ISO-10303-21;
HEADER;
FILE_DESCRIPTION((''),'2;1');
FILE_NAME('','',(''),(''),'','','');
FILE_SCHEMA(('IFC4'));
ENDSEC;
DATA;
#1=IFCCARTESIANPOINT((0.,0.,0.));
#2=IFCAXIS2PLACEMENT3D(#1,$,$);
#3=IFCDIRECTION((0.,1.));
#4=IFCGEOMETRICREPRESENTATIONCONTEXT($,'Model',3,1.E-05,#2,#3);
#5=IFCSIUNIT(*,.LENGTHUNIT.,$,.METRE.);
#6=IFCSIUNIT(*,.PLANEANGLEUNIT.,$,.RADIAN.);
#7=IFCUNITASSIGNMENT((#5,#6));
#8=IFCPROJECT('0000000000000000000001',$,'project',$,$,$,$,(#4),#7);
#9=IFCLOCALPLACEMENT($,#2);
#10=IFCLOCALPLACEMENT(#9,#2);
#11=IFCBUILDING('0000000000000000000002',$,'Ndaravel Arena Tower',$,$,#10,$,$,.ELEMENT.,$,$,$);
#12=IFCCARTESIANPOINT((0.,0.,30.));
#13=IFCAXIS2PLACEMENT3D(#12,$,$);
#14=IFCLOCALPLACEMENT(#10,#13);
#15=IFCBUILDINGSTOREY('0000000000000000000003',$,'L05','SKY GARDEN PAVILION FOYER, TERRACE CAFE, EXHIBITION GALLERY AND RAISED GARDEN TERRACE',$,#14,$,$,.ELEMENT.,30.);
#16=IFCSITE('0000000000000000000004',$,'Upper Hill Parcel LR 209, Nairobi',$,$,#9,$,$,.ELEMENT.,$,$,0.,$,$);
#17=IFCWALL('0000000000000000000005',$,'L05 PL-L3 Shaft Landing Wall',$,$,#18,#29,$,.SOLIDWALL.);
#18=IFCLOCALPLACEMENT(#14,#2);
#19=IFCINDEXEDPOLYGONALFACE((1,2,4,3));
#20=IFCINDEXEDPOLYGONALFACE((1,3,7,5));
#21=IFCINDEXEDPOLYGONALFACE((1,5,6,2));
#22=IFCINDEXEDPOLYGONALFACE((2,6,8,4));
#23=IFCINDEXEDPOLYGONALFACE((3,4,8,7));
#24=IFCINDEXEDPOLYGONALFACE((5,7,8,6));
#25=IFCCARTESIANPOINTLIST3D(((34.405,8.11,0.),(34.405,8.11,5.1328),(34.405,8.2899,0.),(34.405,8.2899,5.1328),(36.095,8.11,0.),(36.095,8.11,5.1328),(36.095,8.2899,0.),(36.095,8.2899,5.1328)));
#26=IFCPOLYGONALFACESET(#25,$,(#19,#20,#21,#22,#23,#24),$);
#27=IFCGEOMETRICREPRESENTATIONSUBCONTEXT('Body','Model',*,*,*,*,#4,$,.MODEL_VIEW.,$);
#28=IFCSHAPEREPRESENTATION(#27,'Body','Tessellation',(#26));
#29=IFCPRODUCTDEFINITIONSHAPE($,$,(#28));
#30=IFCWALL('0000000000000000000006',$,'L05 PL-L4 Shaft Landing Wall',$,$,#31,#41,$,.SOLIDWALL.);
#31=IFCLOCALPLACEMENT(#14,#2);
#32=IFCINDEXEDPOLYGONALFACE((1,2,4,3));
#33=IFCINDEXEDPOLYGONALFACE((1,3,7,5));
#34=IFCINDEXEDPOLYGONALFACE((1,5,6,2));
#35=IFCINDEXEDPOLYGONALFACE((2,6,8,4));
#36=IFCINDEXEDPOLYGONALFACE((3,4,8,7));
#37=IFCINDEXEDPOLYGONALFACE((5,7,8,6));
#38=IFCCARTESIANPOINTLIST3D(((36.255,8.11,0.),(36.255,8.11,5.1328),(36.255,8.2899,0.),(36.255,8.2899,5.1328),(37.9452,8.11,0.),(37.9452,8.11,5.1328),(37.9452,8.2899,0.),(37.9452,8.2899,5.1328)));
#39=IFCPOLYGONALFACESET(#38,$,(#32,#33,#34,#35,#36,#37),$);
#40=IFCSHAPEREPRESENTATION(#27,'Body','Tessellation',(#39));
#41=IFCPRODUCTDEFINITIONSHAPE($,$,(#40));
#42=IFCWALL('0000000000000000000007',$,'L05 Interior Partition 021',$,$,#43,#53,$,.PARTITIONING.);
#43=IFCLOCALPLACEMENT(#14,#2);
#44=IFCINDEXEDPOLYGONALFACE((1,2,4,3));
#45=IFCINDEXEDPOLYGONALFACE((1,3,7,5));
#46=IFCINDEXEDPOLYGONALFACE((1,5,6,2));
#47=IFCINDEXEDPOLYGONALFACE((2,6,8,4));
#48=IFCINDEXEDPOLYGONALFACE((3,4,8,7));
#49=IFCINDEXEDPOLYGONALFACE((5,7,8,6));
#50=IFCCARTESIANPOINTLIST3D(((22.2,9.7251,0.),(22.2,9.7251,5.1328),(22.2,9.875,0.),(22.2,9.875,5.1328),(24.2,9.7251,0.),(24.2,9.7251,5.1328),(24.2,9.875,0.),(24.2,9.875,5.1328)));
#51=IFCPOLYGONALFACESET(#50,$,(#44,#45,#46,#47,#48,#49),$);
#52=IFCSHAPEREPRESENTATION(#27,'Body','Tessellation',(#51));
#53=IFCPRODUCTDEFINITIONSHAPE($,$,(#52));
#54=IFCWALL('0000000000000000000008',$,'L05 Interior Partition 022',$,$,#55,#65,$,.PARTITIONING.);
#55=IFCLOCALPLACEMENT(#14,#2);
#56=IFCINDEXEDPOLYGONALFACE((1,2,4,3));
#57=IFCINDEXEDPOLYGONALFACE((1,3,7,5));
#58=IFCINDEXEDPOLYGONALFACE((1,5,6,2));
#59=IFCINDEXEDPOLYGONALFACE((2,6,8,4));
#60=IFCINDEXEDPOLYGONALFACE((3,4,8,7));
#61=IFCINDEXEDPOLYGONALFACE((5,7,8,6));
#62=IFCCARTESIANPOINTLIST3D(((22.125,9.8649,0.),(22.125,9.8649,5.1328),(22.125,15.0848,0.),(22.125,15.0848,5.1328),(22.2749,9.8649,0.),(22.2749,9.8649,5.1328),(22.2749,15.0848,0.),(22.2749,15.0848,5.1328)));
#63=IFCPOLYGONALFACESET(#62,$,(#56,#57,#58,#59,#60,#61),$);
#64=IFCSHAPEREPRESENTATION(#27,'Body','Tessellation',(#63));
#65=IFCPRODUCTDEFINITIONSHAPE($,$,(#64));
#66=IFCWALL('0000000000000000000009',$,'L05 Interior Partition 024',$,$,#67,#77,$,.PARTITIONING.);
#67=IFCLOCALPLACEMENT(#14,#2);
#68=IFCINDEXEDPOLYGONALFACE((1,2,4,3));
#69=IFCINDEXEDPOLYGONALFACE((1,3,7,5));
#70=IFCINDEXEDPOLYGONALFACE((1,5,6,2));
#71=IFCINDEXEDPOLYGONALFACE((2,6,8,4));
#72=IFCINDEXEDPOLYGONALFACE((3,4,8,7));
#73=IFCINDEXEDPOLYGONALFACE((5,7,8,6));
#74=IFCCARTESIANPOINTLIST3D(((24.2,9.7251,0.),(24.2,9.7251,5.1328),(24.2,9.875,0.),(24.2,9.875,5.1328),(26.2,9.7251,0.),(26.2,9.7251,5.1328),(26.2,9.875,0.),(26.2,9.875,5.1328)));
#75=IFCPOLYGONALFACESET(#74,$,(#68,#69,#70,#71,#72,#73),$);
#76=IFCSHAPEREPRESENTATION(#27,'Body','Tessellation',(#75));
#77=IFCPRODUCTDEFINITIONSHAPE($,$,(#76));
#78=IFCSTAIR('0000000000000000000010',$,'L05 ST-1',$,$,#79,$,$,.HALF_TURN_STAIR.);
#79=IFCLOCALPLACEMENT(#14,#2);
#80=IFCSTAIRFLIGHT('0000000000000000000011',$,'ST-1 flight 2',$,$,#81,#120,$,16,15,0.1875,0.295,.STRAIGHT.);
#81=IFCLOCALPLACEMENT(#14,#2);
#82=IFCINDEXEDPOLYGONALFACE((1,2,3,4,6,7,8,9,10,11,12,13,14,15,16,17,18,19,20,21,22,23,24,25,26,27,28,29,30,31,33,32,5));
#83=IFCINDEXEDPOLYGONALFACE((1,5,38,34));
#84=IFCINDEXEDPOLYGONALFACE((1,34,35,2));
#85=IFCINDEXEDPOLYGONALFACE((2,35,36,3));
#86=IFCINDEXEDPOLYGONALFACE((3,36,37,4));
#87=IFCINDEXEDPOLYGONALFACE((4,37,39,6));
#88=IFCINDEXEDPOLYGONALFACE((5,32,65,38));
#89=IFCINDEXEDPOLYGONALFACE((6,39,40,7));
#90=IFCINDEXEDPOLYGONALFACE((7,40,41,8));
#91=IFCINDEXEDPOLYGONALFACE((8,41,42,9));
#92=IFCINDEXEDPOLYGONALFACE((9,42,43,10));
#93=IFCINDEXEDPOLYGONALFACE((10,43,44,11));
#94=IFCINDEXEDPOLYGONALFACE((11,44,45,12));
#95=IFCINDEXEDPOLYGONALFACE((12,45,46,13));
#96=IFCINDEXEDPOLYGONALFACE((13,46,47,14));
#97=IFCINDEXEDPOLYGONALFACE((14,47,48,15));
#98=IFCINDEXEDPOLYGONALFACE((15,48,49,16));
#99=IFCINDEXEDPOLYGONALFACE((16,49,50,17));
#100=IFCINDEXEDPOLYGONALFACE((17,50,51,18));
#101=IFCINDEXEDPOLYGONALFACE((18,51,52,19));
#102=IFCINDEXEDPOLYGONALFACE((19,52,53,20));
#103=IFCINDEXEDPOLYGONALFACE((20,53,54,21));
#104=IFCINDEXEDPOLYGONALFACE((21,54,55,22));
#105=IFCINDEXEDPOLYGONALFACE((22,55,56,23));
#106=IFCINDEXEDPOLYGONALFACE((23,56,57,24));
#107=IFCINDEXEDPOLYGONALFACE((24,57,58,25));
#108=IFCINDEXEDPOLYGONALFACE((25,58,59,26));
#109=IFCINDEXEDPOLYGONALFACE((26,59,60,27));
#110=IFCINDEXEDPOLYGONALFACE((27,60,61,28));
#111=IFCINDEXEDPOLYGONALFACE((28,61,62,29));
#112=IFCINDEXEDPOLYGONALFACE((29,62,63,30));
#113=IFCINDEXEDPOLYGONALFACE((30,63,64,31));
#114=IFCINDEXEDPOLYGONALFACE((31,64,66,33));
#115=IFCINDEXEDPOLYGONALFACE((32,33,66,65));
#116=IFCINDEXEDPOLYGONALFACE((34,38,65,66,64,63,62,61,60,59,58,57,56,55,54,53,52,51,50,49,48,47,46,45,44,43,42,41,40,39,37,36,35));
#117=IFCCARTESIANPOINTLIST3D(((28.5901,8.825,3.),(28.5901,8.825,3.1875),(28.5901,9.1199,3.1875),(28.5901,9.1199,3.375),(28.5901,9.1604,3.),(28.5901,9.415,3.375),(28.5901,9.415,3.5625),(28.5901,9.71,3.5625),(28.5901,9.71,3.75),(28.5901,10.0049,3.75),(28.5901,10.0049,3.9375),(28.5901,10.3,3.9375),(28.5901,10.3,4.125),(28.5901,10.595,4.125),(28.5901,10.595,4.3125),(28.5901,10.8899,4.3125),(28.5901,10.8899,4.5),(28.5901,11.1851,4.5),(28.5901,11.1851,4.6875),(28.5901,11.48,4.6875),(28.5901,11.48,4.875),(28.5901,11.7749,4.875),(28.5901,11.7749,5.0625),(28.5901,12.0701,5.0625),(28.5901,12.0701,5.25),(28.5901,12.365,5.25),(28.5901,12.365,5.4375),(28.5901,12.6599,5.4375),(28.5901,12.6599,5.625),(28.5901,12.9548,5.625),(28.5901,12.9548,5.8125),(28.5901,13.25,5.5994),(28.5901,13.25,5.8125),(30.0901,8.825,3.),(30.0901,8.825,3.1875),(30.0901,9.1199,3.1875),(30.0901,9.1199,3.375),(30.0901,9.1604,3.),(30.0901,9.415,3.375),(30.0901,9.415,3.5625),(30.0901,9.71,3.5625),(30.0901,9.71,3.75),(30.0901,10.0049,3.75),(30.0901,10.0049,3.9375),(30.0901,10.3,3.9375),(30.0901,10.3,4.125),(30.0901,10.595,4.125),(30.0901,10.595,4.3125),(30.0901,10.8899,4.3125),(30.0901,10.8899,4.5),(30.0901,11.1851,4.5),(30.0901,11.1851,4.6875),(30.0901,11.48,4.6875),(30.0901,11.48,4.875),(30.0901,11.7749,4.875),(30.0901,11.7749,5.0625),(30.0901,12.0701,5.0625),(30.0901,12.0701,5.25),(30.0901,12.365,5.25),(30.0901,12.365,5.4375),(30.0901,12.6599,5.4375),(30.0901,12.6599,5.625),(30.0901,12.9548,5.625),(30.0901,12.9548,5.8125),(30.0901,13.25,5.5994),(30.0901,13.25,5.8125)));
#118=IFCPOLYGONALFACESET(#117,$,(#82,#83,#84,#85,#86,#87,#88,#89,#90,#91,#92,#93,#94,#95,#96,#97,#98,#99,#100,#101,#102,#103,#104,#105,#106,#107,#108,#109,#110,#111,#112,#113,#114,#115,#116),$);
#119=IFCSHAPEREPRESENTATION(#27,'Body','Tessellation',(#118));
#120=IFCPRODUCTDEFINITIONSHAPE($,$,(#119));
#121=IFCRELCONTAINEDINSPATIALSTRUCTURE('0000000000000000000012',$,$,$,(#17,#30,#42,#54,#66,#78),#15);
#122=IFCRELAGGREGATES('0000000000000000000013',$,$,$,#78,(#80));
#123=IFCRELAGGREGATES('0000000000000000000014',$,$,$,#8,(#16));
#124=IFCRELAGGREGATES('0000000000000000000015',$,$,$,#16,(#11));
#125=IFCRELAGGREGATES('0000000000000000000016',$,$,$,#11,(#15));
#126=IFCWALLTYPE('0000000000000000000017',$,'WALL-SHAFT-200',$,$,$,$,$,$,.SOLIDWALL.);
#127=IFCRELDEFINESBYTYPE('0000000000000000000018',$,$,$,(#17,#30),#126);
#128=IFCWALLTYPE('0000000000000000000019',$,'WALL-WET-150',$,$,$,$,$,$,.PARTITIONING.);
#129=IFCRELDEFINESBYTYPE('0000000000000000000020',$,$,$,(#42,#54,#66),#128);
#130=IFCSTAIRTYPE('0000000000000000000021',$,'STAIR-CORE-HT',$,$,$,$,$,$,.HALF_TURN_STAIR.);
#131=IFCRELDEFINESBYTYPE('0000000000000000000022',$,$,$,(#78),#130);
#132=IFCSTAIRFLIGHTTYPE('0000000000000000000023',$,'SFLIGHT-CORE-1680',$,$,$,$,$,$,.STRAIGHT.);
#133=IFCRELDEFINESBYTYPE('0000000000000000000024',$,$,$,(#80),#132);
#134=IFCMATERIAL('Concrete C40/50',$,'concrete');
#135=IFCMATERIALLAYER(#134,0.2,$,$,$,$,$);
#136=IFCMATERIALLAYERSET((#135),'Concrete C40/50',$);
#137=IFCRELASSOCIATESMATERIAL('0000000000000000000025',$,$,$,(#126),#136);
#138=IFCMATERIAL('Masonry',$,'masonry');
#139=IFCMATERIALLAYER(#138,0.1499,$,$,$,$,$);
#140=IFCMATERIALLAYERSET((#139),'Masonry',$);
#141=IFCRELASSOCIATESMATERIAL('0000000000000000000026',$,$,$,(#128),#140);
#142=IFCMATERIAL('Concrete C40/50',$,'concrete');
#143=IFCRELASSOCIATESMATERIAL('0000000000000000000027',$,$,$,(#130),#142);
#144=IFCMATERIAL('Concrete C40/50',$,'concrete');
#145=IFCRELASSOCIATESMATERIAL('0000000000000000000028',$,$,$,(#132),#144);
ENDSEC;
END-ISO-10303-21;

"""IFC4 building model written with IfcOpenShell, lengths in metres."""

from ifc_helpers import new_model, si_unit, direction, frame, frame_2d, origin, place, context, subcontext, project, spatial, polyline, rectangle, outline, extrude, material, layer, layer_set, type_object, element, aggregate, save


model = new_model("IFC4")

# Units and contexts
model_context = context("Model", 3, precision=1e-05, world=origin(), true_north=direction((0.0, 1.0)))
body_context = subcontext(model_context, "Body", "Model", "MODEL_VIEW")
ifc_project = project(units=[si_unit("LENGTHUNIT", "METRE"), si_unit("PLANEANGLEUNIT", "RADIAN")], contexts=[model_context])

# Site, building, storey
site_placement = place(None, origin())
site = spatial("IfcSite", under=ifc_project, at=site_placement, Name="Upper Hill Parcel LR 209, Nairobi", CompositionType="ELEMENT", RefElevation=0.0)
building_placement = place(site_placement, origin())
building = spatial("IfcBuilding", under=site, at=building_placement, Name="Ndaravel Arena Tower", CompositionType="ELEMENT")
storey_placement = place(building_placement, frame((0.0, 0.0, 30.0)))
storey = spatial("IfcBuildingStorey", under=building, at=storey_placement, Name="L05", Description="SKY GARDEN PAVILION FOYER, TERRACE CAFE, EXHIBITION GALLERY AND RAISED GARDEN TERRACE", CompositionType="ELEMENT", Elevation=30.0)

# Walls
ifc_material_1 = material(Name="Concrete C40/50", Category="concrete")
ifc_layer_1 = layer(ifc_material_1, 0.2)
ifc_layer_set_1 = layer_set([ifc_layer_1], Name="Concrete C40/50")
wall_type_1 = type_object("IfcWallType", Name="WALL-SHAFT-200", PredefinedType="SOLIDWALL", material=ifc_layer_set_1)
wall_1_placement = place(storey_placement, frame((34.405, 8.2, 0.0), z_axis=(0.0, 0.0, 1.0), x_axis=(1.0, 0.0, 0.0)))
element("IfcWall", 1, at=wall_1_placement, inside=storey, type_object=wall_type_1, Name="L05 PL-L3 Shaft Landing Wall", PredefinedType="SOLIDWALL", context=body_context, shape_type="SweptSolid", body=[
    extrude(rectangle(XDim=1.6899, YDim=0.1799, at=frame_2d((0.845, 0.0))), origin(), (0.0, 0.0, 1.0), 5.1328),
])
wall_2_placement = place(storey_placement, frame((36.2549, 8.2, 0.0), z_axis=(0.0, 0.0, 1.0), x_axis=(1.0, 0.0, 0.0)))
element("IfcWall", 2, at=wall_2_placement, inside=storey, type_object=wall_type_1, Name="L05 PL-L4 Shaft Landing Wall", PredefinedType="SOLIDWALL", context=body_context, shape_type="SweptSolid", body=[
    extrude(rectangle(XDim=1.6902, YDim=0.1799, at=frame_2d((0.8452, 0.0))), origin(), (0.0, 0.0, 1.0), 5.1328),
])
ifc_material_2 = material(Name="Masonry", Category="masonry")
ifc_layer_2 = layer(ifc_material_2, 0.1499)
ifc_layer_set_2 = layer_set([ifc_layer_2], Name="Masonry")
wall_type_2 = type_object("IfcWallType", Name="WALL-WET-150", PredefinedType="PARTITIONING", material=ifc_layer_set_2)
wall_3_placement = place(storey_placement, frame((24.2, 9.8, 0.0), z_axis=(0.0, 0.0, 1.0), x_axis=(-1.0, 0.0, 0.0)))
element("IfcWall", 3, at=wall_3_placement, inside=storey, type_object=wall_type_2, Name="L05 Interior Partition 021", PredefinedType="PARTITIONING", context=body_context, shape_type="SweptSolid", body=[
    extrude(rectangle(XDim=2.0, YDim=0.1499, at=frame_2d((1.0, 0.0))), origin(), (0.0, 0.0, 1.0), 5.1328),
])
wall_4_placement = place(storey_placement, frame((22.2, 9.865, 0.0), z_axis=(0.0, 0.0, 1.0), x_axis=(0.0, 1.0, 0.0)))
element("IfcWall", 4, at=wall_4_placement, inside=storey, type_object=wall_type_2, Name="L05 Interior Partition 022", PredefinedType="PARTITIONING", context=body_context, shape_type="SweptSolid", body=[
    extrude(rectangle(XDim=5.22, YDim=0.1499, at=frame_2d((2.6099, 0.0))), origin(), (0.0, 0.0, 1.0), 5.1328),
])
wall_5_placement = place(storey_placement, frame((26.2, 9.8, 0.0), z_axis=(0.0, 0.0, 1.0), x_axis=(-1.0, 0.0, 0.0)))
element("IfcWall", 5, at=wall_5_placement, inside=storey, type_object=wall_type_2, Name="L05 Interior Partition 024", PredefinedType="PARTITIONING", context=body_context, shape_type="SweptSolid", body=[
    extrude(rectangle(XDim=2.0, YDim=0.1499, at=frame_2d((1.0, 0.0))), origin(), (0.0, 0.0, 1.0), 5.1328),
])

# Stair, stair flight
ifc_material_3 = material(Name="Concrete C40/50", Category="concrete")
stair_type = type_object("IfcStairType", Name="STAIR-CORE-HT", PredefinedType="HALF_TURN_STAIR", material=ifc_material_3)
stair_placement = place(storey_placement, origin())
stair = element("IfcStair", 6, at=stair_placement, inside=storey, type_object=stair_type, Name="L05 ST-1", PredefinedType="HALF_TURN_STAIR")
ifc_material_4 = material(Name="Concrete C40/50", Category="concrete")
stair_flight_type = type_object("IfcStairFlightType", Name="SFLIGHT-CORE-1680", PredefinedType="STRAIGHT", material=ifc_material_4)
stair_flight_placement = place(storey_placement, frame((29.3401, 8.825, 3.0), z_axis=(0.0, 0.0, 1.0), x_axis=(0.0, 1.0, 0.0)))
stair_flight = element("IfcStairFlight", 7, at=stair_flight_placement, type_object=stair_flight_type, Name="ST-1 flight 2", NumberOfRisers=16, NumberOfTreads=15, PredefinedType="STRAIGHT", RiserHeight=0.1875, TreadLength=0.295, context=body_context, shape_type="SweptSolid", body=[
    extrude(outline(polyline([(0.0, 0.0), (0.0, 0.1875), (0.2949, 0.1875), (0.2949, 0.375), (0.5901, 0.375), (0.5901, 0.5625), (0.885, 0.5625), (0.885, 0.75), (1.1799, 0.75), (1.1799, 0.9375), (1.4751, 0.9375), (1.4751, 1.125), (1.77, 1.125), (1.77, 1.3125), (2.0649, 1.3125), (2.0649, 1.5), (2.3601, 1.5), (2.3601, 1.6875), (2.655, 1.6875), (2.655, 1.875), (2.95, 1.875), (2.95, 2.0625), (3.2451, 2.0625), (3.2451, 2.25), (3.54, 2.25), (3.54, 2.4375), (3.835, 2.4375), (3.835, 2.625), (4.1299, 2.625), (4.1299, 2.8125), (4.425, 2.8125), (4.425, 3.0), (4.425, 2.5994), (0.3354, 0.0), (0.0, 0.0)])), frame((0.0, 0.75, 0.0), z_axis=(0.0, -1.0, 0.0), x_axis=(1.0, 0.0, 0.0)), (0.0, 0.0, 1.0), 1.5),
])
aggregate(stair, [stair_flight])

save(model, "model.ifc")
